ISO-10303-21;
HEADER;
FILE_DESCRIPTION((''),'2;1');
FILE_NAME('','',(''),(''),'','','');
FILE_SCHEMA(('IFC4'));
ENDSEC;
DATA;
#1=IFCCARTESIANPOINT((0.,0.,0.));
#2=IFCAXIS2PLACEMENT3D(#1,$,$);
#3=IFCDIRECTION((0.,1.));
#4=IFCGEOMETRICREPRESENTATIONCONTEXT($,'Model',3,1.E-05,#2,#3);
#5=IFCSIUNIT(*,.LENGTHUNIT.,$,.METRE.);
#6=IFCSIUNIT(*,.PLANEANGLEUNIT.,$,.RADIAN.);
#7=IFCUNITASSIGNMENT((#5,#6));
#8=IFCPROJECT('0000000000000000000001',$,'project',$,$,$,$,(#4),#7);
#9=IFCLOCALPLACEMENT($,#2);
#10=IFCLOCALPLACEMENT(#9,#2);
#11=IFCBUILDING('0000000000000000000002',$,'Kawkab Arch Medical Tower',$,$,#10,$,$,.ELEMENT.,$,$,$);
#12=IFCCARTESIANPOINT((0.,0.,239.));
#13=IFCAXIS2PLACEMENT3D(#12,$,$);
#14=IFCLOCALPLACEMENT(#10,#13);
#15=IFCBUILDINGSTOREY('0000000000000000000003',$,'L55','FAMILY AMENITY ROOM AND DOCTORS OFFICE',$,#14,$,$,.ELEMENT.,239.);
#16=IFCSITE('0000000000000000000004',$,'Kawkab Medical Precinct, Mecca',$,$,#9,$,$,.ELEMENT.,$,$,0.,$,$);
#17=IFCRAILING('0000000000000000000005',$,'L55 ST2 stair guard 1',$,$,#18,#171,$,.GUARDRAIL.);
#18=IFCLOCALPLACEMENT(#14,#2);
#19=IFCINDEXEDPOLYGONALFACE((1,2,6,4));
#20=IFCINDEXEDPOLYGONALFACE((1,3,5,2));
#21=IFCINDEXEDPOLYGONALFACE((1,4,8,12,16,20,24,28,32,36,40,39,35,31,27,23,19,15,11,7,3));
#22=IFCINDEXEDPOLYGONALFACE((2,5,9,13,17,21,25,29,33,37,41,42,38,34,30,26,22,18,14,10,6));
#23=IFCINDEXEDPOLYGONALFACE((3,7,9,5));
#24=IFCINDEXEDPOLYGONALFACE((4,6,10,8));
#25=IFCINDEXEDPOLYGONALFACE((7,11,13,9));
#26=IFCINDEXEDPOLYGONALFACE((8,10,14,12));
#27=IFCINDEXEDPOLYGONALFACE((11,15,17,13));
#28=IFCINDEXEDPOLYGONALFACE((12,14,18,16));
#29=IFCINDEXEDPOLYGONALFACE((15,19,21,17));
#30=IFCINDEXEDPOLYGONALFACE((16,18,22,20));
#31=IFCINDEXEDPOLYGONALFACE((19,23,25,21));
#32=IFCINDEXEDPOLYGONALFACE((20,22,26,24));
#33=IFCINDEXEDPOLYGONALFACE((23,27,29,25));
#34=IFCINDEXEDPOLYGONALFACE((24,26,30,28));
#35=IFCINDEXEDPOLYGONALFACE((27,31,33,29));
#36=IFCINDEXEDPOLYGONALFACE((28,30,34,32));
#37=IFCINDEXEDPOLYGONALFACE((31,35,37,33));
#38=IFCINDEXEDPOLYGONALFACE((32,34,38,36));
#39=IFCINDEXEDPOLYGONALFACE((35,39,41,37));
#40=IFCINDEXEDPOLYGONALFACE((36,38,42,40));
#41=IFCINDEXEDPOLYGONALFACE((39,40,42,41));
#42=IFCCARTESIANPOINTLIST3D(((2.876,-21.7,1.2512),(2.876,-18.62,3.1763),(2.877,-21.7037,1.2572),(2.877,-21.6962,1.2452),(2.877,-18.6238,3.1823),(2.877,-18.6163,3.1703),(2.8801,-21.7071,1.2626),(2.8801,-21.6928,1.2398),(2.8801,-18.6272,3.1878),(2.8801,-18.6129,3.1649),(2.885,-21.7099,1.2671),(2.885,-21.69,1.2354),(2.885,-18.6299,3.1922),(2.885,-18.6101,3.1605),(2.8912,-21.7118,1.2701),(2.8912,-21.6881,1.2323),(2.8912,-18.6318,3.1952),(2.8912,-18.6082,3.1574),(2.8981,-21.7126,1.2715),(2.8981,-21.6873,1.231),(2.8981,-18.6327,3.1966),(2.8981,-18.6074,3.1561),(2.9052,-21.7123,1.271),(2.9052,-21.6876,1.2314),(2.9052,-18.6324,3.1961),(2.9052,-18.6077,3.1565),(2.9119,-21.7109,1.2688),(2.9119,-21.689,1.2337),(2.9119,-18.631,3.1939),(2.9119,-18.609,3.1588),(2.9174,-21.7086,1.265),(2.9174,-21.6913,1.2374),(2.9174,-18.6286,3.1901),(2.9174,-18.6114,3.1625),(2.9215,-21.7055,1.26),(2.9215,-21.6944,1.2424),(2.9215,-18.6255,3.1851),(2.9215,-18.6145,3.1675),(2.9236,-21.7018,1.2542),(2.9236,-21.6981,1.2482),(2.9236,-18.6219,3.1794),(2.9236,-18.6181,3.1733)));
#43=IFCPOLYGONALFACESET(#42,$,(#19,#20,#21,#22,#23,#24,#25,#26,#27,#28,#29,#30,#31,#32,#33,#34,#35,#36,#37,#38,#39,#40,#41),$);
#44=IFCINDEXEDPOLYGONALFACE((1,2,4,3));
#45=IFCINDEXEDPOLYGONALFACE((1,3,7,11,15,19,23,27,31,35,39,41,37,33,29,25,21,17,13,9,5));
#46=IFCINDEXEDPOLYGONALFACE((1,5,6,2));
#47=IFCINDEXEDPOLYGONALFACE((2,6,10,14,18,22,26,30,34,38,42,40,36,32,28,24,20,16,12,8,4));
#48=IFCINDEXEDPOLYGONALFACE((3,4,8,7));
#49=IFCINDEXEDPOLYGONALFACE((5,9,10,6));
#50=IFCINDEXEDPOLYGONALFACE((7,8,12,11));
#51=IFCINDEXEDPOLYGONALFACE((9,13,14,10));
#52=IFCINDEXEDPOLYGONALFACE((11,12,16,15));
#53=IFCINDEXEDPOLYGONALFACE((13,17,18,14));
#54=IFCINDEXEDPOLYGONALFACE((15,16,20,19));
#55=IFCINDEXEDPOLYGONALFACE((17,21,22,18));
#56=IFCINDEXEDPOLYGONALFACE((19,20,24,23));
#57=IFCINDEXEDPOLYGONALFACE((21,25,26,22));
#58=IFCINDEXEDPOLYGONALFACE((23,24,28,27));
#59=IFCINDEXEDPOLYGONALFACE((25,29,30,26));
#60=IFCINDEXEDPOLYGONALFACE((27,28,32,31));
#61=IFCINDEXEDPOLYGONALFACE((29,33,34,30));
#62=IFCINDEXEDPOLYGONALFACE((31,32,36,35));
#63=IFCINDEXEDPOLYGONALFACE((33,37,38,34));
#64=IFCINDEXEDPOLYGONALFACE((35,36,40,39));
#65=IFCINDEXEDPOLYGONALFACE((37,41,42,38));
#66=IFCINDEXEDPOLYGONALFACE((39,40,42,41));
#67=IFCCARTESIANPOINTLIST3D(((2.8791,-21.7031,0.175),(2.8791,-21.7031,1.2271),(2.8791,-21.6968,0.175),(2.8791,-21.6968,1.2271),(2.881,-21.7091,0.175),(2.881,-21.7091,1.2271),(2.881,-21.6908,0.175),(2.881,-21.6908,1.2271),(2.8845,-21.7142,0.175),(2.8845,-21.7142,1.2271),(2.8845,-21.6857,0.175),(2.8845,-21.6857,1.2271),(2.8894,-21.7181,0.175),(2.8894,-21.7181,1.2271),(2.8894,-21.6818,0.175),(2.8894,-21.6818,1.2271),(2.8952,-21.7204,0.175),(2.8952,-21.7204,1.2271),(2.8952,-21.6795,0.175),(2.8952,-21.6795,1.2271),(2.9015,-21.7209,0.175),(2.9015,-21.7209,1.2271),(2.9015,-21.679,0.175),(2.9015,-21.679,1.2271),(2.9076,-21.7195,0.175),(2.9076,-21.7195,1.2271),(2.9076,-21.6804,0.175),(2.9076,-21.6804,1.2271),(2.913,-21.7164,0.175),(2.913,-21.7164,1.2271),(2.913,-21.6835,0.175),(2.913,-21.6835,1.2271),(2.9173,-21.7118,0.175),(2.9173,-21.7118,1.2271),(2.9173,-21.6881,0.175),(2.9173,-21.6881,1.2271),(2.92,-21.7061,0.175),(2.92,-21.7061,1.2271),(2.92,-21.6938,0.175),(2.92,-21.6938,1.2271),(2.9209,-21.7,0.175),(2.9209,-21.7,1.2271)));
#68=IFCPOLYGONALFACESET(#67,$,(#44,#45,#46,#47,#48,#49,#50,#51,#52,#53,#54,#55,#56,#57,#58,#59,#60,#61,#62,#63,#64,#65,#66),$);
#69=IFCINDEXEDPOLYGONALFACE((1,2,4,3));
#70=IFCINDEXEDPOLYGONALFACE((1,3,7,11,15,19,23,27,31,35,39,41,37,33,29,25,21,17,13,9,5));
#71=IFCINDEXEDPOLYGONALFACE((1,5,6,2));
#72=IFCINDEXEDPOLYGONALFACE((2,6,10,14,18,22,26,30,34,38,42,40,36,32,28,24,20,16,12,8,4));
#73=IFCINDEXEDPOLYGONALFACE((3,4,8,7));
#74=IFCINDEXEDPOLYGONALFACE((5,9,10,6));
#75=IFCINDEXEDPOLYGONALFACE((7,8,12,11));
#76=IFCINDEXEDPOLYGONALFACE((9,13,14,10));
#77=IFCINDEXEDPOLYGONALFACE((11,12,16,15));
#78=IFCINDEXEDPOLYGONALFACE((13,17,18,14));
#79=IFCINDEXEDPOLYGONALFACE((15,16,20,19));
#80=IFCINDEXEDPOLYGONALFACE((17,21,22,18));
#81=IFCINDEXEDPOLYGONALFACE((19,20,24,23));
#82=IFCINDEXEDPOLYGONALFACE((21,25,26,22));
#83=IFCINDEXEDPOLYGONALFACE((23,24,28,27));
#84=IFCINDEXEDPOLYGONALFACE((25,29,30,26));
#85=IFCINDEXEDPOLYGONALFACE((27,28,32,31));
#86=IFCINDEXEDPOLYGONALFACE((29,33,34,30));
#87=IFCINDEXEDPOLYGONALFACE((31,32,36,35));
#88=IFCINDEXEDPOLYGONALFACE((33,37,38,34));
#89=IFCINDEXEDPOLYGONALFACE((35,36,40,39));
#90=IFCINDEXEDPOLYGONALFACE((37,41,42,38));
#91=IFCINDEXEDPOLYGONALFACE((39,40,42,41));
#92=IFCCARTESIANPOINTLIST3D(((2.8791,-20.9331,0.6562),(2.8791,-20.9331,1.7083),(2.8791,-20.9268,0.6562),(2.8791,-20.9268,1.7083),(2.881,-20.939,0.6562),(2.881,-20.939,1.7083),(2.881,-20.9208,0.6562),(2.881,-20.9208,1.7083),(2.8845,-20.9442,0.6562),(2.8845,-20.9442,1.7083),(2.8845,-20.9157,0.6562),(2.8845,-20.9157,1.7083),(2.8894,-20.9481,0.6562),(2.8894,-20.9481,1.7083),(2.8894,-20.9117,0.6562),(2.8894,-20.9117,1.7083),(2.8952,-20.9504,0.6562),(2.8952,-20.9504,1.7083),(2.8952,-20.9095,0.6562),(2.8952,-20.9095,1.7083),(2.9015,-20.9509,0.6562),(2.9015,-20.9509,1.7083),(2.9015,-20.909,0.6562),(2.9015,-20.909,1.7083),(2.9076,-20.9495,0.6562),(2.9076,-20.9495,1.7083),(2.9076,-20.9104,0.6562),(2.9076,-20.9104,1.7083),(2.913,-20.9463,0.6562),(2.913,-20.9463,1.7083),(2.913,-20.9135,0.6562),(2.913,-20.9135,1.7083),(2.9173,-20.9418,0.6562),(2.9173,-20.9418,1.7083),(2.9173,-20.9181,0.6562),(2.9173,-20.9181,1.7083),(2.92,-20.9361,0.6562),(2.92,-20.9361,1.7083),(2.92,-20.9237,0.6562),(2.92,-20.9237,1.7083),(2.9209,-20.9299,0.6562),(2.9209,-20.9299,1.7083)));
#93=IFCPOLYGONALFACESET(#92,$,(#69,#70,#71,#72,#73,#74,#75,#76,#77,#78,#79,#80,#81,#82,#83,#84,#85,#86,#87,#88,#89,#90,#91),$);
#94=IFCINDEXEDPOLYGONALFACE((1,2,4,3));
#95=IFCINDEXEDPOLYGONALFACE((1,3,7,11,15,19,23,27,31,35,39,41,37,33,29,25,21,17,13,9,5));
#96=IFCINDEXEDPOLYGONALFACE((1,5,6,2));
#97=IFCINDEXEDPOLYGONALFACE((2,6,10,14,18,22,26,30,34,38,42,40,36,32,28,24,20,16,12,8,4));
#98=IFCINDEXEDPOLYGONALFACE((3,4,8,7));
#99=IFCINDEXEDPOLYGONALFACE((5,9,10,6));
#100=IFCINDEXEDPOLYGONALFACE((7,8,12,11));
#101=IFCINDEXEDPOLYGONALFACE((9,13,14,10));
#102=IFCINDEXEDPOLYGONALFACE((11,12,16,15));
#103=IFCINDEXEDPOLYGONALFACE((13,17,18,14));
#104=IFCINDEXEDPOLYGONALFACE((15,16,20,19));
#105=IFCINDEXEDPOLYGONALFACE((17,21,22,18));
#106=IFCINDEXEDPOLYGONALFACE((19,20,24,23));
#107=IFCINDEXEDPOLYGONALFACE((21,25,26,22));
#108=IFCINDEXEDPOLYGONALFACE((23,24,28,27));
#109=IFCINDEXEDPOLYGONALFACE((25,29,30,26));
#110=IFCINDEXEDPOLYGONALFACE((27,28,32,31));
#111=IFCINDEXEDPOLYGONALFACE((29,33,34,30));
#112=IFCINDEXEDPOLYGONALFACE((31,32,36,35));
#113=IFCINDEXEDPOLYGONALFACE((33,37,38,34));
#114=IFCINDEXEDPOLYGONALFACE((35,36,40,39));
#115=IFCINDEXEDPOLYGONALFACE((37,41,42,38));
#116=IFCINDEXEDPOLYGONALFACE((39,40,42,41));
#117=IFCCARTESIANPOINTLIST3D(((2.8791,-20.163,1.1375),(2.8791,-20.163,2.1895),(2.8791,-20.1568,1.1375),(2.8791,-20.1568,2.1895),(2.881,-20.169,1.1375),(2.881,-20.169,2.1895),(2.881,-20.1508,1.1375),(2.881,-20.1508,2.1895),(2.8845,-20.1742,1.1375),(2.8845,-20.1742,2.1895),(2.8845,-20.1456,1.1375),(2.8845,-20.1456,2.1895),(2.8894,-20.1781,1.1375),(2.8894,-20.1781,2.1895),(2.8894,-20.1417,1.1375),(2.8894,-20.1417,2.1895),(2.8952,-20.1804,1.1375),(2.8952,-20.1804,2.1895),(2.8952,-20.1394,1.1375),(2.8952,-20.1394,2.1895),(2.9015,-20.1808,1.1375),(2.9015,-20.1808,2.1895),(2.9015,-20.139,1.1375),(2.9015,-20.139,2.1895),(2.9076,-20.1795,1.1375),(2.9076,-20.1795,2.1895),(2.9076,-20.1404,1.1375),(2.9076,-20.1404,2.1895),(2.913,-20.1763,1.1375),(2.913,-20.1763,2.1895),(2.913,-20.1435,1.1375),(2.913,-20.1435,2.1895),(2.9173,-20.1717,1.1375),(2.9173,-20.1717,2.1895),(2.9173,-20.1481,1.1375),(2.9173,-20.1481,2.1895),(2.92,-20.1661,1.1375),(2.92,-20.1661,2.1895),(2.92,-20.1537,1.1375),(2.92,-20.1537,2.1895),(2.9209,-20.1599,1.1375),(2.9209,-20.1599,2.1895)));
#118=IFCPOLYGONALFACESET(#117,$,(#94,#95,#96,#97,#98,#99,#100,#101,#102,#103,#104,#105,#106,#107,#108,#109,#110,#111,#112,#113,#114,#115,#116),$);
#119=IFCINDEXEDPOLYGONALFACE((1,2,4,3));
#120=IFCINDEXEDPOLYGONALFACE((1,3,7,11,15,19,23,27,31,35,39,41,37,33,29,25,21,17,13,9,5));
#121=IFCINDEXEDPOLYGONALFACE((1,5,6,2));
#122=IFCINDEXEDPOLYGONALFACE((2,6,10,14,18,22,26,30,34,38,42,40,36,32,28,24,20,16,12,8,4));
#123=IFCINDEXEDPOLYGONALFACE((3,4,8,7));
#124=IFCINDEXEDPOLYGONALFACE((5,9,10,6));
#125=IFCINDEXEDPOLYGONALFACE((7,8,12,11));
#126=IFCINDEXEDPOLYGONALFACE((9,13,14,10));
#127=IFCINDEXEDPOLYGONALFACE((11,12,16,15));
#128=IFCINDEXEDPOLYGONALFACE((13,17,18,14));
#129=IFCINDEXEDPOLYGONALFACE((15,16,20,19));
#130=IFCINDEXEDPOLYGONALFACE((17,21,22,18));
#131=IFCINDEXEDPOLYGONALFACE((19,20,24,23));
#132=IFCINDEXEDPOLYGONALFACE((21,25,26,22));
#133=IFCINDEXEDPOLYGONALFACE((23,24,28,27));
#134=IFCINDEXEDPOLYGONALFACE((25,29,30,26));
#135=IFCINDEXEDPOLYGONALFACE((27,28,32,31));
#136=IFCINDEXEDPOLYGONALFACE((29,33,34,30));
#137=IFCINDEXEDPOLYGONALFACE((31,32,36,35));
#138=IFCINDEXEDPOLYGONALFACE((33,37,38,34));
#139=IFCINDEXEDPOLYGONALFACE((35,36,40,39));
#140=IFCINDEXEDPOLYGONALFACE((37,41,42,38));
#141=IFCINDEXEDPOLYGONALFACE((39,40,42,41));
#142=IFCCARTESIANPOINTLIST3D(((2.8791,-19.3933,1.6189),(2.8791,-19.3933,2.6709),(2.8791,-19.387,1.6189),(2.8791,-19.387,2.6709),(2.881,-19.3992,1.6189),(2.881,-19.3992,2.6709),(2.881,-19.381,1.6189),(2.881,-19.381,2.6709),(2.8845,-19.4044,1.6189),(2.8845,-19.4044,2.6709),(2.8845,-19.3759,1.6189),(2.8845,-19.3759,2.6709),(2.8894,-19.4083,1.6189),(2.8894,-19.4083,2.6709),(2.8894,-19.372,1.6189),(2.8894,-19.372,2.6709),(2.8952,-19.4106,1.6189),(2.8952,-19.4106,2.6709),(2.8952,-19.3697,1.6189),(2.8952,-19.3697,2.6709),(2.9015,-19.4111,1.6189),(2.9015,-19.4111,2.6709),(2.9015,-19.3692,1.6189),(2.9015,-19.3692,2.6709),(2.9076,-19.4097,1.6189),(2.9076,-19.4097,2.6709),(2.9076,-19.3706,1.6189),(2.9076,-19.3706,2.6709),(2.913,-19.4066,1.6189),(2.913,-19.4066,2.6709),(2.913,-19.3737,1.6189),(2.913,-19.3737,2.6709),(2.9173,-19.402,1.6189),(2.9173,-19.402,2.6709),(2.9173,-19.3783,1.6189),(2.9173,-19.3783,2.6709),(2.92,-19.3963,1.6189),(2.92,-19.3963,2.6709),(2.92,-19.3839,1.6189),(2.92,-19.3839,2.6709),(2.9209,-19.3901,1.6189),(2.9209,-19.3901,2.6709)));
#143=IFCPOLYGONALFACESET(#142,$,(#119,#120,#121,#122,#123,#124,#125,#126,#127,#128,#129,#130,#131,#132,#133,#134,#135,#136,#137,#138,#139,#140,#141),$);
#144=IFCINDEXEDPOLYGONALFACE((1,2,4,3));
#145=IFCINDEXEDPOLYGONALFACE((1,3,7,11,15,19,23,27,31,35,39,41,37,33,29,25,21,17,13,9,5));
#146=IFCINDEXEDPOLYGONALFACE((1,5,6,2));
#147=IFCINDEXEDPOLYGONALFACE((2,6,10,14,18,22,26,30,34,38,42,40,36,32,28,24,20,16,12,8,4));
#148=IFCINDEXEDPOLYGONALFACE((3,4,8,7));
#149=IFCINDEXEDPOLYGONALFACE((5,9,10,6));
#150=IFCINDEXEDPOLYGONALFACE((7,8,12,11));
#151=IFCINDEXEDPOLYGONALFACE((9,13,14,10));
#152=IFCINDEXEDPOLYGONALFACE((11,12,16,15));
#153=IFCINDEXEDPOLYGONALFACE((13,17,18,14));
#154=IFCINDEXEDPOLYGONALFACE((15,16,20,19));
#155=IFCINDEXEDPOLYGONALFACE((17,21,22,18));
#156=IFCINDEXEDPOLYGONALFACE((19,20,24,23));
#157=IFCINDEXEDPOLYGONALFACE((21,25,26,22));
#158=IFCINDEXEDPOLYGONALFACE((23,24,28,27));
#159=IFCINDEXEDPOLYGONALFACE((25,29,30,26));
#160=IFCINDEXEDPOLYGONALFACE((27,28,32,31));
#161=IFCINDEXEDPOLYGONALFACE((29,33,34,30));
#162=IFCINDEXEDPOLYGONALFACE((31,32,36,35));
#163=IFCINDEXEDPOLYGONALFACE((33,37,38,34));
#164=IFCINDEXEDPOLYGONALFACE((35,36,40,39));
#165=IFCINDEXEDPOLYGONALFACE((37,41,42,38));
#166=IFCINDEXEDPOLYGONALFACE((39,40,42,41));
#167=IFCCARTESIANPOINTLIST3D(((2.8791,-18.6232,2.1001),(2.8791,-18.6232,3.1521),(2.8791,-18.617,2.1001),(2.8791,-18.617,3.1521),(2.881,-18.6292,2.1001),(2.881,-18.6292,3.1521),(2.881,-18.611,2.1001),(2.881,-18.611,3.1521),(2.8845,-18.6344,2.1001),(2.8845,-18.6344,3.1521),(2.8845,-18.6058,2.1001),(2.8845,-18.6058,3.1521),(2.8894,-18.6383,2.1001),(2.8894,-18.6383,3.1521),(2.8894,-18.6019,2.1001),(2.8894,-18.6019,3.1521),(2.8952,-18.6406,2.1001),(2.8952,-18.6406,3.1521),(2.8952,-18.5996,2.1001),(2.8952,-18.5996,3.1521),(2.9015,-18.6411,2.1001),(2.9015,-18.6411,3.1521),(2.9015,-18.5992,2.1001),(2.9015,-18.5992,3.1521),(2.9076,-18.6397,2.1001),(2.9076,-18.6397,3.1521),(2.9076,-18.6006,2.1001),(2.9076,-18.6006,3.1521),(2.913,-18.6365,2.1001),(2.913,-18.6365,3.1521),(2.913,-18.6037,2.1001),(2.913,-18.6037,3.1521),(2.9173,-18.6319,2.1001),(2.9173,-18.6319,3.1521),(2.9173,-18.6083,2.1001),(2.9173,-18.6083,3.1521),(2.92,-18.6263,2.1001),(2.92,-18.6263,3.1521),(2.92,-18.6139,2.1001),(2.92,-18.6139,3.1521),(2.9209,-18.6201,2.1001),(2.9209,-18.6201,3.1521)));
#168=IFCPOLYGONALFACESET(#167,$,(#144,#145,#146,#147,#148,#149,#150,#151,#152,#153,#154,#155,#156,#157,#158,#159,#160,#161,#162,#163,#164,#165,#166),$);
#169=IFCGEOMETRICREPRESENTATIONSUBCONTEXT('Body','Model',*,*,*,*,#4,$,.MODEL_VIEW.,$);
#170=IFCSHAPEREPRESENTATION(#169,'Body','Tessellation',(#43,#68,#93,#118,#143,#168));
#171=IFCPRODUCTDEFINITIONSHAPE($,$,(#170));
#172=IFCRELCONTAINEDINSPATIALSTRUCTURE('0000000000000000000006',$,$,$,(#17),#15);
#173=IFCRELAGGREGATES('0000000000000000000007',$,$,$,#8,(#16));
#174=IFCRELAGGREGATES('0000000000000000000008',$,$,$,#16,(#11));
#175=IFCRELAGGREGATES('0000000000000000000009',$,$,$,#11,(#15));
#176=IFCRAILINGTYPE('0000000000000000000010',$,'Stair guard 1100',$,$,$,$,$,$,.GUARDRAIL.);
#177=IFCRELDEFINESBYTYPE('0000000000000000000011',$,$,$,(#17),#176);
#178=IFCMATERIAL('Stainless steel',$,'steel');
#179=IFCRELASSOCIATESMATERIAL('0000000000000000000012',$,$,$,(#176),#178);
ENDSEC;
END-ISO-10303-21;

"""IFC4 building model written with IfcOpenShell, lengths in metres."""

from ifc_helpers import new_model, si_unit, direction, frame, origin, origin_2d, place, context, subcontext, project, spatial, circle, extrude, material, type_object, element, save


model = new_model("IFC4")

# Units and contexts
model_context = context("Model", 3, precision=1e-05, world=origin(), true_north=direction((0.0, 1.0)))
body_context = subcontext(model_context, "Body", "Model", "MODEL_VIEW")
ifc_project = project(units=[si_unit("LENGTHUNIT", "METRE"), si_unit("PLANEANGLEUNIT", "RADIAN")], contexts=[model_context])

# Site, building, storey
site_placement = place(None, origin())
site = spatial("IfcSite", under=ifc_project, at=site_placement, Name="Kawkab Medical Precinct, Mecca", CompositionType="ELEMENT", RefElevation=0.0)
building_placement = place(site_placement, origin())
building = spatial("IfcBuilding", under=site, at=building_placement, Name="Kawkab Arch Medical Tower", CompositionType="ELEMENT")
storey_placement = place(building_placement, frame((0.0, 0.0, 239.0)))
storey = spatial("IfcBuildingStorey", under=building, at=storey_placement, Name="L55", Description="FAMILY AMENITY ROOM AND DOCTORS OFFICE", CompositionType="ELEMENT", Elevation=239.0)

# Railing
ifc_material_1 = material(Name="Stainless steel", Category="steel")
railing_type = type_object("IfcRailingType", Name="Stair guard 1100", PredefinedType="GUARDRAIL", material=ifc_material_1)
railing_1_placement = place(storey_placement, frame((2.8999, -21.7, 0.175)))
element("IfcRailing", 1, at=railing_1_placement, inside=storey, type_object=railing_type, Name="L55 ST2 stair guard 1", PredefinedType="GUARDRAIL", context=body_context, shape_type="SweptSolid", body=[
    extrude(circle(Radius=0.0239, at=origin_2d()), frame((0.0, 0.0, 1.0762), z_axis=(0.0, 0.847979, 0.530029), x_axis=(-1.0, 0.0, 0.0)), (0.0, 0.0, 1.0), 3.6321),
    extrude(circle(Radius=0.021, at=origin_2d()), origin(), (0.0, 0.0, 1.0), 1.052),
    extrude(circle(Radius=0.021, at=origin_2d()), frame((0.0, 0.77, 0.4812)), (0.0, 0.0, 1.0), 1.052),
    extrude(circle(Radius=0.021, at=origin_2d()), frame((0.0, 1.54, 0.9624)), (0.0, 0.0, 1.0), 1.052),
    extrude(circle(Radius=0.021, at=origin_2d()), frame((0.0, 2.3098, 1.4438)), (0.0, 0.0, 1.0), 1.052),
    extrude(circle(Radius=0.021, at=origin_2d()), frame((0.0, 3.0798, 1.925)), (0.0, 0.0, 1.0), 1.052),
])

save(model, "model.ifc")
